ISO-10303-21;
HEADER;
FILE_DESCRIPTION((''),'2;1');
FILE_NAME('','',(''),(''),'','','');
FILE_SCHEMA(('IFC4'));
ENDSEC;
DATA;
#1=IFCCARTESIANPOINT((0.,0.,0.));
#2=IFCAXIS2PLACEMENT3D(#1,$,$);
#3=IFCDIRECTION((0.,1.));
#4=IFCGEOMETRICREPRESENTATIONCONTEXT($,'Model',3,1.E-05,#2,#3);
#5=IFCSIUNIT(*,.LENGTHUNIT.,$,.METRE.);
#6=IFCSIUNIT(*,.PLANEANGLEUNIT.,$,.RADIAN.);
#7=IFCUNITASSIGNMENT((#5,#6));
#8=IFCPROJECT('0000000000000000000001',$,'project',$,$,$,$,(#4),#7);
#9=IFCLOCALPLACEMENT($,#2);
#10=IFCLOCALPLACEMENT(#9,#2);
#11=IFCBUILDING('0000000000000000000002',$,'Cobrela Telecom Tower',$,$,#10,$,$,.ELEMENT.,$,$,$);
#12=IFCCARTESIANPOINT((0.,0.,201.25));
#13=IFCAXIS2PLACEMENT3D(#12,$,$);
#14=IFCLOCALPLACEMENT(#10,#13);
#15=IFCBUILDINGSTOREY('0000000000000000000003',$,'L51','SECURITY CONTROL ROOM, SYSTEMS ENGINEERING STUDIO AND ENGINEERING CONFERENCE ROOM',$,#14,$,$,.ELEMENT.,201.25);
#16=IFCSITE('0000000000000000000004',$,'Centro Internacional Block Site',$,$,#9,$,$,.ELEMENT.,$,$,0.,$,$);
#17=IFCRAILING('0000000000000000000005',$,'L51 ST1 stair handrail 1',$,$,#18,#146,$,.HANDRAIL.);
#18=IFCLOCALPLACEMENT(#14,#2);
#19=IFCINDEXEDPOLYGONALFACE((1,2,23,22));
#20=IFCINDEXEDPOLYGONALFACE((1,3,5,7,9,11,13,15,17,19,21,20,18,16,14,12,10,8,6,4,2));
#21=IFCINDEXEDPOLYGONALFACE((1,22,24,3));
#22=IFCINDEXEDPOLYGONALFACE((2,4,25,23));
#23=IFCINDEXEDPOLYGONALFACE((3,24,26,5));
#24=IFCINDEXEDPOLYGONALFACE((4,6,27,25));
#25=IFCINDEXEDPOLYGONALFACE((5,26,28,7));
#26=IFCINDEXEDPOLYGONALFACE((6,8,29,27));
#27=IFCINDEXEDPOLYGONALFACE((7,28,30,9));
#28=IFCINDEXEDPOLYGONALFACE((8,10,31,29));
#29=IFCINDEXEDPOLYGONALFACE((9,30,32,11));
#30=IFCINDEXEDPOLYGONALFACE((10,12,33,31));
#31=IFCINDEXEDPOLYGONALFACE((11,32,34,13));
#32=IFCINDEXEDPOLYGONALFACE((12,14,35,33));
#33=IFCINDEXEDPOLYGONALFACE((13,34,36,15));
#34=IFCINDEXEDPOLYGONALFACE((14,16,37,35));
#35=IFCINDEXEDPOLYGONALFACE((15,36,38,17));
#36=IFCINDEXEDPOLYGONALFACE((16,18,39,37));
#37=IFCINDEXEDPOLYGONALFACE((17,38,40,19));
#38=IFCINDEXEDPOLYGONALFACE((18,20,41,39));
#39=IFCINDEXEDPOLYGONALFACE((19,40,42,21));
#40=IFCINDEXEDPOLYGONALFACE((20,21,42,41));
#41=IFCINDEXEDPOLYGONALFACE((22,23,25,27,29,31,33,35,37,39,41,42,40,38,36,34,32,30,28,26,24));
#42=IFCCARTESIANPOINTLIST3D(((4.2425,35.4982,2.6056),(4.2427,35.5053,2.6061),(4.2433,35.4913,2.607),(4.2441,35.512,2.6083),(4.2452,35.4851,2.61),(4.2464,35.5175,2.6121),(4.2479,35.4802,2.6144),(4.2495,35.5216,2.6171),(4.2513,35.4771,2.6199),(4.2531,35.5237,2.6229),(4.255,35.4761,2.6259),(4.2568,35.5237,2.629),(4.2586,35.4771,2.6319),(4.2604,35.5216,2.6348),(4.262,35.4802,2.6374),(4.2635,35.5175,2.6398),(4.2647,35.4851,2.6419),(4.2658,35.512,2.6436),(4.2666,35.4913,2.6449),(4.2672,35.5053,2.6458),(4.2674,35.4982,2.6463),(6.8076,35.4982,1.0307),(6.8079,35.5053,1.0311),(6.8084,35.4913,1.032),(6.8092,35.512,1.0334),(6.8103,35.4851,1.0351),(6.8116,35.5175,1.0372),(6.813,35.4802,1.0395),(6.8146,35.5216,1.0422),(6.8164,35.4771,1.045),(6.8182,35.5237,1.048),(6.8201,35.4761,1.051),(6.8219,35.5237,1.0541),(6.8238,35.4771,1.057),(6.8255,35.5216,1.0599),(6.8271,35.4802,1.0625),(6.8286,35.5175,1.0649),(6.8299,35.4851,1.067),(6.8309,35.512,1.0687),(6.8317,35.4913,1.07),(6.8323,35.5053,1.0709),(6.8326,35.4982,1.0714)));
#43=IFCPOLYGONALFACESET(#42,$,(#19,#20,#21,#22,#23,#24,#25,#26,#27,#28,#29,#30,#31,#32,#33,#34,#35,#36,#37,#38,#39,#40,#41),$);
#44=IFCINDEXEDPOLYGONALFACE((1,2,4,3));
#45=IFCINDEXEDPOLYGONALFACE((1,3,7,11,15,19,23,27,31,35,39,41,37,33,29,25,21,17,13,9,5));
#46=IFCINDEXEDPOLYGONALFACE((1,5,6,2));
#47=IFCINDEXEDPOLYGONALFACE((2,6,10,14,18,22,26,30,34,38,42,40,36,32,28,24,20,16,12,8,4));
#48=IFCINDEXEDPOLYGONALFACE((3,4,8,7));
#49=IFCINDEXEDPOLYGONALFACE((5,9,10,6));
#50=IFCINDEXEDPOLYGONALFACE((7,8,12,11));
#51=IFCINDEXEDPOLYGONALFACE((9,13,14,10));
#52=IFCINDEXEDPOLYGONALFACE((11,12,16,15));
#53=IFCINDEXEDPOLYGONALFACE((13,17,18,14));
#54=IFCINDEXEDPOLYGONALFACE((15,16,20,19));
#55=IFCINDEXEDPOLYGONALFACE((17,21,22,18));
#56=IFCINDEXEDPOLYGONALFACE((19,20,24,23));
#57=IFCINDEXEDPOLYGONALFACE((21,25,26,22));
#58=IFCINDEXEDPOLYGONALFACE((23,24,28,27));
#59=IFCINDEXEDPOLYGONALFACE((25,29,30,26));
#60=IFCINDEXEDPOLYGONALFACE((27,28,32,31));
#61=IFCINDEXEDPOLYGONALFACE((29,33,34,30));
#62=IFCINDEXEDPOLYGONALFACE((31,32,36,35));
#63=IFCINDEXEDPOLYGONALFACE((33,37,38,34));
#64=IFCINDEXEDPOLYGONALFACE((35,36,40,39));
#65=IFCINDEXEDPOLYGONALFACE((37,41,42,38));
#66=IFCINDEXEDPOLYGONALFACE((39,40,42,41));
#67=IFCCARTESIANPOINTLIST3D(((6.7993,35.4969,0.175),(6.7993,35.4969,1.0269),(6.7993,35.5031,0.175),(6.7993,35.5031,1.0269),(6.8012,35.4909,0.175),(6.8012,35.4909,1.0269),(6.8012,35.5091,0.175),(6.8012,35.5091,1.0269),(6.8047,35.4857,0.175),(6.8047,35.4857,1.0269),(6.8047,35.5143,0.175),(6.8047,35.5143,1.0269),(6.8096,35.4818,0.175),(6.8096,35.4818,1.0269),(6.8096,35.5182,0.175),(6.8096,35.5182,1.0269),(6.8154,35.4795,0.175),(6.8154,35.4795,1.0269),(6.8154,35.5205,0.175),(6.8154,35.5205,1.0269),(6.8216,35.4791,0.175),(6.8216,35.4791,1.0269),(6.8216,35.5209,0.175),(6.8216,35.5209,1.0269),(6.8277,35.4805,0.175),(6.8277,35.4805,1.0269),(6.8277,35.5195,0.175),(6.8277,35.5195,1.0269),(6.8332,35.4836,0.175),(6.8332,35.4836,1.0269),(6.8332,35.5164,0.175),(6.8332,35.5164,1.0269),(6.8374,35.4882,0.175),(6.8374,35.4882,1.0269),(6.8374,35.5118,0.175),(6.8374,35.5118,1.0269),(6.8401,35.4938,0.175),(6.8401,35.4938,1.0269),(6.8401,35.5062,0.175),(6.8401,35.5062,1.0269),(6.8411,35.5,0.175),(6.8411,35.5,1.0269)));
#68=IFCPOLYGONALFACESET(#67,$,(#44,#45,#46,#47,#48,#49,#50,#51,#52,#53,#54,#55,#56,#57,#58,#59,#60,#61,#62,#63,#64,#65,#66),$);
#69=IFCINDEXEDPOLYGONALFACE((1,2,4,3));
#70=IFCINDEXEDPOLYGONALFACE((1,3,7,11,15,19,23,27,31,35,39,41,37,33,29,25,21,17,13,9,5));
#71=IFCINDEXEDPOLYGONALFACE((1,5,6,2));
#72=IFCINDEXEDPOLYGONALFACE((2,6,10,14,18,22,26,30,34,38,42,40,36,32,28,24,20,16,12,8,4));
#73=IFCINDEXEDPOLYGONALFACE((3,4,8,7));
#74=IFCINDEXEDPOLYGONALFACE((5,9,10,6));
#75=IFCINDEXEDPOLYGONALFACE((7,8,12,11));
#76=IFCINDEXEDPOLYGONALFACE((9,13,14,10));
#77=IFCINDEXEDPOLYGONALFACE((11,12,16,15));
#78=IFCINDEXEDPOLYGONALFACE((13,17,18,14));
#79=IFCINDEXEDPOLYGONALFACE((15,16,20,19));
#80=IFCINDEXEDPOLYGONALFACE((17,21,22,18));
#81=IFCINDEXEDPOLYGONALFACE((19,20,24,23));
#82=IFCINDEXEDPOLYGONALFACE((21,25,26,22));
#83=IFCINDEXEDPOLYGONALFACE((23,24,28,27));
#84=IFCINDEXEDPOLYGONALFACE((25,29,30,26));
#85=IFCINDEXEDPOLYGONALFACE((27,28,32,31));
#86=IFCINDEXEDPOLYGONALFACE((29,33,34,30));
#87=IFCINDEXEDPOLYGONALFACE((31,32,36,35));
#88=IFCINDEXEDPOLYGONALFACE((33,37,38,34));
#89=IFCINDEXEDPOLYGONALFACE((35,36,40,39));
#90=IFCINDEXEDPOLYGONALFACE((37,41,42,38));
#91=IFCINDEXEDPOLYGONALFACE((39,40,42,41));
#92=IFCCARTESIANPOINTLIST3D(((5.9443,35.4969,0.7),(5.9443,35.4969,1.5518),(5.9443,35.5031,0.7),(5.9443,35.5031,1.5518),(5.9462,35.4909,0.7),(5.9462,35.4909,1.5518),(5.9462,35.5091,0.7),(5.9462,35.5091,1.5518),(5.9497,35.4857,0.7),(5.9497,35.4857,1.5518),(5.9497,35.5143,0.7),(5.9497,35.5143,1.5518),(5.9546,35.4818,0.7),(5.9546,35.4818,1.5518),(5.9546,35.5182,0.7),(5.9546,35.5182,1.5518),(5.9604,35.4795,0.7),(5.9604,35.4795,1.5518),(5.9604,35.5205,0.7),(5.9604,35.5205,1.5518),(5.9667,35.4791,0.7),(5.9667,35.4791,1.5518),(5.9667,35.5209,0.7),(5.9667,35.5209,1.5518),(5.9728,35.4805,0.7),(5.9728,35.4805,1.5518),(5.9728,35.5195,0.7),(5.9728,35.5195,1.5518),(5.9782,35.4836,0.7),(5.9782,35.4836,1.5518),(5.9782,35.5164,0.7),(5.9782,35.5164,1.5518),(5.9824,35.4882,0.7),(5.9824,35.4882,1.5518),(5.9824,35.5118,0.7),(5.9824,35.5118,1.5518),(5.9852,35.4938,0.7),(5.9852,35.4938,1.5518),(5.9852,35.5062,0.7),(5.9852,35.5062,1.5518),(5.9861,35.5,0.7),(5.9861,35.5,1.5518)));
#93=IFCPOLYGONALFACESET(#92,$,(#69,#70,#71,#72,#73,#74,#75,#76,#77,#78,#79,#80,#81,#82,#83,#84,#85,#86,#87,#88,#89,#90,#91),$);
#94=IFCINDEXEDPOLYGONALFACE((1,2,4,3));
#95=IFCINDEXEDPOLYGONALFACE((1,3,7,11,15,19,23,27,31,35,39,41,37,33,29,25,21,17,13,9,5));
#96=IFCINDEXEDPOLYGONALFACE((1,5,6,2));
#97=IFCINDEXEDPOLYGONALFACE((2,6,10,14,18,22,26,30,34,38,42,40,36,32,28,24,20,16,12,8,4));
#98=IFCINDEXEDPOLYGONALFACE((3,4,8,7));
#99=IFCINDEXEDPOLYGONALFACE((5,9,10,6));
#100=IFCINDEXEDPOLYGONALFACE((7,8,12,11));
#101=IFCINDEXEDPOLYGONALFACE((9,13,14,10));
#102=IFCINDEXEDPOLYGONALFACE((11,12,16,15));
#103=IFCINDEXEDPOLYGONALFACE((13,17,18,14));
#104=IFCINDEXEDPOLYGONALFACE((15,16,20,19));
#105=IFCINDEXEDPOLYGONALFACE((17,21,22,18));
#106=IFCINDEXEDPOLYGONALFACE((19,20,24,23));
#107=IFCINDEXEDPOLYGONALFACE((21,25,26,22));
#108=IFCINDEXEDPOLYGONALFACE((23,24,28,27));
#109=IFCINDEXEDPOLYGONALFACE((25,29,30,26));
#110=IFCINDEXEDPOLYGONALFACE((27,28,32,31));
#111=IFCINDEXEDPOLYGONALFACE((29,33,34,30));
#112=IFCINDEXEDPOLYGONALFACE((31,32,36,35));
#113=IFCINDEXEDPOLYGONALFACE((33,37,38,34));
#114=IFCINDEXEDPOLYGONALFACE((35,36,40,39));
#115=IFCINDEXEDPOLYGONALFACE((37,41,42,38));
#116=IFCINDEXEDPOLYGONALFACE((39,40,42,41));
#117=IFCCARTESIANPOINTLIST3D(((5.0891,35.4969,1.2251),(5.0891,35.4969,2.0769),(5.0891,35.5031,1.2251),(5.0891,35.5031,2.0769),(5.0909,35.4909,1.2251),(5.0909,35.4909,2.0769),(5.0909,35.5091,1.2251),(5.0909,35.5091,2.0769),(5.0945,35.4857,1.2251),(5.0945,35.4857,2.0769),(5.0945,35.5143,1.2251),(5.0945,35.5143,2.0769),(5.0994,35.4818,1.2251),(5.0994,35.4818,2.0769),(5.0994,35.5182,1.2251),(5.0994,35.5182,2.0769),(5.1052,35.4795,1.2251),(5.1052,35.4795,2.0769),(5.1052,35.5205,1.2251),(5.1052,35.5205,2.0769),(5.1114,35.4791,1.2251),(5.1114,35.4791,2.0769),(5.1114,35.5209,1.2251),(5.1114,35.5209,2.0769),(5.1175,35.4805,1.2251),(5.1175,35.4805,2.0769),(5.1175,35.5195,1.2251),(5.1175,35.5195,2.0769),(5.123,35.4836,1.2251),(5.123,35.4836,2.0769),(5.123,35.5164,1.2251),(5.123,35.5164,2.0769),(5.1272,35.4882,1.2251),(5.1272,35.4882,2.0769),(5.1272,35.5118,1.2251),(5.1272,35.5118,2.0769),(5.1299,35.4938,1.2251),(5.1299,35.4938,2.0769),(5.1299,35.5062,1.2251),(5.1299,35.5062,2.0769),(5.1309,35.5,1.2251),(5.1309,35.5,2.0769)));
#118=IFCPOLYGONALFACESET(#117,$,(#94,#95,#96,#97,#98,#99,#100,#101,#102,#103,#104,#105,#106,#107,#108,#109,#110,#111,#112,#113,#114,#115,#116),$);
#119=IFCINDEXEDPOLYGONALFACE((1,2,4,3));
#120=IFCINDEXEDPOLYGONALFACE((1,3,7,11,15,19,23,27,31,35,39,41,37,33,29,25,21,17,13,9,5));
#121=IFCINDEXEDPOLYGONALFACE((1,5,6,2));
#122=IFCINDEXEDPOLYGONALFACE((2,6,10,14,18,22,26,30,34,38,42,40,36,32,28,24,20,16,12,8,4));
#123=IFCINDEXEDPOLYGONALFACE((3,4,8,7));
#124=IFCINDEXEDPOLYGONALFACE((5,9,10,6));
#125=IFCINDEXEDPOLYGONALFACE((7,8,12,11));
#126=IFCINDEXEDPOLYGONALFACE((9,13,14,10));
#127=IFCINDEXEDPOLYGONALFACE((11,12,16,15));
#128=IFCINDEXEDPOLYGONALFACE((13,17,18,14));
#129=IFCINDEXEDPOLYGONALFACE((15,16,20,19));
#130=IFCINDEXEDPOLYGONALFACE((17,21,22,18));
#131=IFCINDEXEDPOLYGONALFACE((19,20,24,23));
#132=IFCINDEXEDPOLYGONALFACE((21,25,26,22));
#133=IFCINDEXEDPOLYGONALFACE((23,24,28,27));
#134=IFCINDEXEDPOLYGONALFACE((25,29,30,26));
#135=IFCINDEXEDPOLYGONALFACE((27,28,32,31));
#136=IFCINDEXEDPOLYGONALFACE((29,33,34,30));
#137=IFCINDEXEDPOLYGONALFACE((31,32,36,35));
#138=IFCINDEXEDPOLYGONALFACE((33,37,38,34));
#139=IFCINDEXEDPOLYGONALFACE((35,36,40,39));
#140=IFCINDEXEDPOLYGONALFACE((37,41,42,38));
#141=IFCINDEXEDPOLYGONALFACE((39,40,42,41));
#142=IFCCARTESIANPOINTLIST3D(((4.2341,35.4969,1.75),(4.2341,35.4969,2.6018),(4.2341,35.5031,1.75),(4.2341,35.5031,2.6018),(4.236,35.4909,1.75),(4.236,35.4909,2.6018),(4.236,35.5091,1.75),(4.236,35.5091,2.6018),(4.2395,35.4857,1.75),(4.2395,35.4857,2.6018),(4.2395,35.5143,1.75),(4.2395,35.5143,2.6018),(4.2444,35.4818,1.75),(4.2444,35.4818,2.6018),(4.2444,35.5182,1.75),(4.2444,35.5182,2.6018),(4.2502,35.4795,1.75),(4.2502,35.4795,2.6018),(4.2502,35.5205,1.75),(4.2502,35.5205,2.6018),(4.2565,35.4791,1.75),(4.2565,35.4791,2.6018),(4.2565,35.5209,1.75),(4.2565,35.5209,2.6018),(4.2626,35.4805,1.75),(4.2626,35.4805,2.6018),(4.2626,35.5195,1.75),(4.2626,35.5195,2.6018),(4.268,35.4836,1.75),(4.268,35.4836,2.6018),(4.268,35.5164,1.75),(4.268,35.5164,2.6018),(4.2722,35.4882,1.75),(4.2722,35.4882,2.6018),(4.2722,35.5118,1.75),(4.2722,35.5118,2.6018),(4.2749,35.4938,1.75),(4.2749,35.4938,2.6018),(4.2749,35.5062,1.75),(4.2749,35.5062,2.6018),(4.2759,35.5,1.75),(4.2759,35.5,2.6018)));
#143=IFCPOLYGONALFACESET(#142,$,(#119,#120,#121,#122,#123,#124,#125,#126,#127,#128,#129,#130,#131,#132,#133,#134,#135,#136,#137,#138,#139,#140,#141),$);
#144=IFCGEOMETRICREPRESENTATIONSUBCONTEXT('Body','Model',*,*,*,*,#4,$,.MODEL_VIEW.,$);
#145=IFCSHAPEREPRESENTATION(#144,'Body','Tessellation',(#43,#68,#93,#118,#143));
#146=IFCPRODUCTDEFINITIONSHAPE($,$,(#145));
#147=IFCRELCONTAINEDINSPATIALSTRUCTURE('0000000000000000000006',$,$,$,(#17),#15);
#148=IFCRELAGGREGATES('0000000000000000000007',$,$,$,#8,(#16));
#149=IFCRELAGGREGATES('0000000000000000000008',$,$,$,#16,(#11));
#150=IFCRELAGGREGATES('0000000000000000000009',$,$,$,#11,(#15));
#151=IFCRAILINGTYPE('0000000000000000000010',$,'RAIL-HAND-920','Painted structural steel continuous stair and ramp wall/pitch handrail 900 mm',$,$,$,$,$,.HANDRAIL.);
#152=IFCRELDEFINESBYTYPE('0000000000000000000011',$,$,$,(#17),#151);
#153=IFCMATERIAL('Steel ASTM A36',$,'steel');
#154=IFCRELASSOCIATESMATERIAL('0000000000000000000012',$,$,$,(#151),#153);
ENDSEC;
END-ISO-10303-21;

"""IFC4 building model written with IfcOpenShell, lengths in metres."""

from ifc_helpers import new_model, si_unit, direction, frame, origin, origin_2d, place, context, subcontext, project, spatial, circle, extrude, material, type_object, element, save


model = new_model("IFC4")

# Units and contexts
model_context = context("Model", 3, precision=1e-05, world=origin(), true_north=direction((0.0, 1.0)))
body_context = subcontext(model_context, "Body", "Model", "MODEL_VIEW")
ifc_project = project(units=[si_unit("LENGTHUNIT", "METRE"), si_unit("PLANEANGLEUNIT", "RADIAN")], contexts=[model_context])

# Site, building, storey
site_placement = place(None, origin())
site = spatial("IfcSite", under=ifc_project, at=site_placement, Name="Centro Internacional Block Site", CompositionType="ELEMENT", RefElevation=0.0)
building_placement = place(site_placement, origin())
building = spatial("IfcBuilding", under=site, at=building_placement, Name="Cobrela Telecom Tower", CompositionType="ELEMENT")
storey_placement = place(building_placement, frame((0.0, 0.0, 201.25)))
storey = spatial("IfcBuildingStorey", under=building, at=storey_placement, Name="L51", Description="SECURITY CONTROL ROOM, SYSTEMS ENGINEERING STUDIO AND ENGINEERING CONFERENCE ROOM", CompositionType="ELEMENT", Elevation=201.25)

# Shared definitions
ifc_material_1 = material(Name="Steel ASTM A36", Category="steel")

# Railing
railing_type_1 = type_object("IfcRailingType", Name="RAIL-HAND-920", Description="Painted structural steel continuous stair and ramp wall/pitch handrail 900 mm", PredefinedType="HANDRAIL", material=ifc_material_1)
railing_1_placement = place(storey_placement, frame((6.8201, 35.5, 0.175)))
element("IfcRailing", 1, at=railing_1_placement, inside=storey, type_object=railing_type_1, Name="L51 ST1 stair handrail 1", PredefinedType="HANDRAIL", context=body_context, shape_type="SweptSolid", body=[
    extrude(circle(Radius=0.0239, at=origin_2d()), frame((0.0, 0.0, 0.876), z_axis=(-0.852195, 0.0, 0.523224), x_axis=(0.0, -1.0, 0.0)), (0.0, 0.0, 1.0), 3.01),
    extrude(circle(Radius=0.021, at=origin_2d()), origin(), (0.0, 0.0, 1.0), 0.8518),
    extrude(circle(Radius=0.021, at=origin_2d()), frame((-0.855, 0.0, 0.5249)), (0.0, 0.0, 1.0), 0.8518),
    extrude(circle(Radius=0.021, at=origin_2d()), frame((-1.7102, 0.0, 1.05)), (0.0, 0.0, 1.0), 0.8518),
    extrude(circle(Radius=0.021, at=origin_2d()), frame((-2.5652, 0.0, 1.575)), (0.0, 0.0, 1.0), 0.8518),
])

save(model, "model.ifc")
